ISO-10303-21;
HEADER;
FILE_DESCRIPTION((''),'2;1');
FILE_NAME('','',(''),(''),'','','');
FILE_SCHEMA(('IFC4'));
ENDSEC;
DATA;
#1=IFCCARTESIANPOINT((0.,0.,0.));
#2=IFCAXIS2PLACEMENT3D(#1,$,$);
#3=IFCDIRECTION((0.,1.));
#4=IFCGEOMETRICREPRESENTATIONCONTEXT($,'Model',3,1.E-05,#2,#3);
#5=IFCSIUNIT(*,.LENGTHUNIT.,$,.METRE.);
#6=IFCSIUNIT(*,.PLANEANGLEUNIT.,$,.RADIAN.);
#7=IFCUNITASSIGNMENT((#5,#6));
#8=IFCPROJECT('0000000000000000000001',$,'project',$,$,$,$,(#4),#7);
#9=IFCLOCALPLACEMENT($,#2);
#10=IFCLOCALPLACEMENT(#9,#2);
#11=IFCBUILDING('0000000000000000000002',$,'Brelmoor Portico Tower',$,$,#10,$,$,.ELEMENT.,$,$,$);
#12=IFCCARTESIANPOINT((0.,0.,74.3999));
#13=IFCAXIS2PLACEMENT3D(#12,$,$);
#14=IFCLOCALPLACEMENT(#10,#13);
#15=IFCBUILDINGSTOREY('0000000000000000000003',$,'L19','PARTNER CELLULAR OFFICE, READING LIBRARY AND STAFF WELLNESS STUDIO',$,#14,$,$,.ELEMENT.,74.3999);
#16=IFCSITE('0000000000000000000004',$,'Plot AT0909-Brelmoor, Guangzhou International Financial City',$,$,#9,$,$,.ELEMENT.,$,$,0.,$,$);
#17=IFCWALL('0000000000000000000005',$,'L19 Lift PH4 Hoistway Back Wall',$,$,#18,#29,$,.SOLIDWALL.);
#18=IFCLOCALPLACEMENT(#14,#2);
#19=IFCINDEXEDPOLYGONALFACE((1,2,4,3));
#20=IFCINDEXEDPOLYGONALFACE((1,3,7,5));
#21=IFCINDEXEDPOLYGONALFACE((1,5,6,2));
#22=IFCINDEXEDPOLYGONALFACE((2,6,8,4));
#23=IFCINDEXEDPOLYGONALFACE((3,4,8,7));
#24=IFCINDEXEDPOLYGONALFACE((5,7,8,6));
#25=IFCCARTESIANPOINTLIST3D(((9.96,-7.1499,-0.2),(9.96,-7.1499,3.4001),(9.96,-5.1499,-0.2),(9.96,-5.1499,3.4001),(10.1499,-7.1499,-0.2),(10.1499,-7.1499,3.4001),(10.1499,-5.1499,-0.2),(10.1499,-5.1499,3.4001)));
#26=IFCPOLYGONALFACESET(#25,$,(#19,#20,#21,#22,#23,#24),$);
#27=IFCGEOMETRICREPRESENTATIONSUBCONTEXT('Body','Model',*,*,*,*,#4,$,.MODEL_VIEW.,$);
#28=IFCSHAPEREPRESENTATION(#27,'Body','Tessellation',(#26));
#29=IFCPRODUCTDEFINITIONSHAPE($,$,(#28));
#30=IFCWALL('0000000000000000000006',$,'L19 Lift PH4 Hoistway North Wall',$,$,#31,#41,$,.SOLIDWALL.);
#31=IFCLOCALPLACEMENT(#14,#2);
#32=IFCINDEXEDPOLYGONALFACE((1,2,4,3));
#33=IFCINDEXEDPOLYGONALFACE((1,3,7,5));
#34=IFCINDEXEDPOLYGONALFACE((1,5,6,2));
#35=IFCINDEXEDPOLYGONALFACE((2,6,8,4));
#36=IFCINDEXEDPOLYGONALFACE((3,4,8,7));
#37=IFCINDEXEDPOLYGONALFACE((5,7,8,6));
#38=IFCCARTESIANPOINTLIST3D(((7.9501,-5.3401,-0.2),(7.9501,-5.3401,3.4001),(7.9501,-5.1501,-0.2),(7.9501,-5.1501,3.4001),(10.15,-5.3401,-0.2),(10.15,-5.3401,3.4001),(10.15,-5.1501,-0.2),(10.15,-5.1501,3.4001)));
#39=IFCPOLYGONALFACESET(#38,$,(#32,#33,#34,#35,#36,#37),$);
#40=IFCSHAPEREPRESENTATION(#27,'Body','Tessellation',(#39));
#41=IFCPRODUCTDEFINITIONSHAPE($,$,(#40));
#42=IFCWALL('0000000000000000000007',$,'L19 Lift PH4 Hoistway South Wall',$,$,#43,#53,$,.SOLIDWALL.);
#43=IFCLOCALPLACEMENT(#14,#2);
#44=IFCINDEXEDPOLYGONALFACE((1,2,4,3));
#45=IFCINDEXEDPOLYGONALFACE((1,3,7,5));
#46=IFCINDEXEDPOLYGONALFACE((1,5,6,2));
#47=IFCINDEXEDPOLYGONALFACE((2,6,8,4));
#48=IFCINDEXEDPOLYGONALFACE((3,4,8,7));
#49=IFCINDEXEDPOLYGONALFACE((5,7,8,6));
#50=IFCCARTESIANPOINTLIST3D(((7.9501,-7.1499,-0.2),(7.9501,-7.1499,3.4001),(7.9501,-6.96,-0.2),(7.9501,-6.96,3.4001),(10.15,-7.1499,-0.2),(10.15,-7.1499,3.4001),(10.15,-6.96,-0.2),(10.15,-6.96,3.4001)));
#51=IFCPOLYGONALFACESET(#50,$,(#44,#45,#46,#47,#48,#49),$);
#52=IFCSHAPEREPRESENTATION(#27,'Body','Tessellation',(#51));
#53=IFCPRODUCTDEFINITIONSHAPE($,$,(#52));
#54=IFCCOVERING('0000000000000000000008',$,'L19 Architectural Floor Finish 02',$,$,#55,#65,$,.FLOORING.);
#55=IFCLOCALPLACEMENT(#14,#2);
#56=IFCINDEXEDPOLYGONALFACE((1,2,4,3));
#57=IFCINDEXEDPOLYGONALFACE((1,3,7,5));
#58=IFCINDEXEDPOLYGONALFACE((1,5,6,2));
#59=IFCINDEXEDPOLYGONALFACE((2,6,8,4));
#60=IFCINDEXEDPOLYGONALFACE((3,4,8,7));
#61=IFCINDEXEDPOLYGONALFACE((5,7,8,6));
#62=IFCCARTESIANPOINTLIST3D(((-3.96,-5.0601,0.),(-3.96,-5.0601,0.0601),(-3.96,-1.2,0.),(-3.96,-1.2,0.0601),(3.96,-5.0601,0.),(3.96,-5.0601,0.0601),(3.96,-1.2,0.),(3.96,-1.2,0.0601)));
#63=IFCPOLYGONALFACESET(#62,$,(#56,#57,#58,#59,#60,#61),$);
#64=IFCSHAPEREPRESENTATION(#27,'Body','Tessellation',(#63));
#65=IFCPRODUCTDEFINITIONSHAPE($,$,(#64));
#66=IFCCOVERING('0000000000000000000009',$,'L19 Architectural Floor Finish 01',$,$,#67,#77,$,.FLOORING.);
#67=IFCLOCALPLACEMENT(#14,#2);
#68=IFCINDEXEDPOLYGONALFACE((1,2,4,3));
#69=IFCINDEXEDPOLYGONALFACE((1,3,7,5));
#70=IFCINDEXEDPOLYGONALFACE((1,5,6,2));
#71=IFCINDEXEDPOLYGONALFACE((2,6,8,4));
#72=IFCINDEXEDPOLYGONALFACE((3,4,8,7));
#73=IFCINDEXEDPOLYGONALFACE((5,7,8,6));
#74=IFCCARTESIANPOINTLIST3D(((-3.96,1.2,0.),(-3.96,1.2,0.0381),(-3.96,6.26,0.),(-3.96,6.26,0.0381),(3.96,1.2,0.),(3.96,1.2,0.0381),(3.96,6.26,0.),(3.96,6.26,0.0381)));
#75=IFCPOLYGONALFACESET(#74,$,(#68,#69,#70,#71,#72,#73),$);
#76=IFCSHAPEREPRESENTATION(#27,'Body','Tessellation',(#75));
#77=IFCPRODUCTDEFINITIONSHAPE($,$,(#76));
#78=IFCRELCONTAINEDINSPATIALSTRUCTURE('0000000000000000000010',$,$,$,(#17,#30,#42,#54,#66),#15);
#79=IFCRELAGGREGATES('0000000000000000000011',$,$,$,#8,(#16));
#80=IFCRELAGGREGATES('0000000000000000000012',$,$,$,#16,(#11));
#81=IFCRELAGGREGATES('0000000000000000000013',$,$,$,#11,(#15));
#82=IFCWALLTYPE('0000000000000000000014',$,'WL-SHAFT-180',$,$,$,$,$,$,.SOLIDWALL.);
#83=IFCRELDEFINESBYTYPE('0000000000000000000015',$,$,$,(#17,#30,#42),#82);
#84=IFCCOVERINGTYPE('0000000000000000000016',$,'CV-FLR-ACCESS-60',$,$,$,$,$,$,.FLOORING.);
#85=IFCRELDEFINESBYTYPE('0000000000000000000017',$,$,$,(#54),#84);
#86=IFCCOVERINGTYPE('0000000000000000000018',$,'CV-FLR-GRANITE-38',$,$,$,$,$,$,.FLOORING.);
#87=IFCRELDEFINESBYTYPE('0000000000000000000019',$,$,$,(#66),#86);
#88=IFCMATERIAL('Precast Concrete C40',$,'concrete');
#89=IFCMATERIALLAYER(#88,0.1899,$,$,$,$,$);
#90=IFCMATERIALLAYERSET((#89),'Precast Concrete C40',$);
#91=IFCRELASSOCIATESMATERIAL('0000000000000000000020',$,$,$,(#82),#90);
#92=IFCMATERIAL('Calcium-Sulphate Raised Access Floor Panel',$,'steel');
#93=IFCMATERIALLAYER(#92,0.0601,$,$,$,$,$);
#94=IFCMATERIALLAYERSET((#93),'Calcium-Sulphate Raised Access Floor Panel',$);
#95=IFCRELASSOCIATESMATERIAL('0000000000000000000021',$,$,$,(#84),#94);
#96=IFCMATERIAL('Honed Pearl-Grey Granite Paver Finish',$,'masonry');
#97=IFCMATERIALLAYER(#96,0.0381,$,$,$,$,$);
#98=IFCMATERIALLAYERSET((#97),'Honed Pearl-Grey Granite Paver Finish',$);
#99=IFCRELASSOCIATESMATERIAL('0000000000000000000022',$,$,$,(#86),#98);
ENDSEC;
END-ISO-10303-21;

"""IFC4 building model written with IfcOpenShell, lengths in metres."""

from ifc_helpers import new_model, si_unit, direction, frame, frame_2d, origin, place, context, subcontext, project, spatial, polyline, rectangle, outline, extrude, material, layer, layer_set, type_object, element, save


model = new_model("IFC4")

# Units and contexts
model_context = context("Model", 3, precision=1e-05, world=origin(), true_north=direction((0.0, 1.0)))
body_context = subcontext(model_context, "Body", "Model", "MODEL_VIEW")
ifc_project = project(units=[si_unit("LENGTHUNIT", "METRE"), si_unit("PLANEANGLEUNIT", "RADIAN")], contexts=[model_context])

# Site, building, storey
site_placement = place(None, origin())
site = spatial("IfcSite", under=ifc_project, at=site_placement, Name="Plot AT0909-Brelmoor, Guangzhou International Financial City", CompositionType="ELEMENT", RefElevation=0.0)
building_placement = place(site_placement, origin())
building = spatial("IfcBuilding", under=site, at=building_placement, Name="Brelmoor Portico Tower", CompositionType="ELEMENT")
storey_placement = place(building_placement, frame((0.0, 0.0, 74.3999)))
storey = spatial("IfcBuildingStorey", under=building, at=storey_placement, Name="L19", Description="PARTNER CELLULAR OFFICE, READING LIBRARY AND STAFF WELLNESS STUDIO", CompositionType="ELEMENT", Elevation=74.3999)

# Walls
ifc_material_1 = material(Name="Precast Concrete C40", Category="concrete")
ifc_layer_1 = layer(ifc_material_1, 0.1899)
ifc_layer_set_1 = layer_set([ifc_layer_1], Name="Precast Concrete C40")
wall_type_1 = type_object("IfcWallType", Name="WL-SHAFT-180", PredefinedType="SOLIDWALL", material=ifc_layer_set_1)
for number, where, z_axis, x_axis, name in (
    (1, (10.0549, -7.1499, -0.2), (0.0, 0.0, 1.0), (0.0, 1.0, 0.0), "L19 Lift PH4 Hoistway Back Wall"),
):
    element("IfcWall", number, at=place(storey_placement, frame(where, z_axis=z_axis, x_axis=x_axis)), inside=storey, type_object=wall_type_1, Name=name, PredefinedType="SOLIDWALL", context=body_context, shape_type="SweptSolid", body=[
        extrude(rectangle(XDim=2.0, YDim=0.1899, at=frame_2d((1.0, 0.0))), origin(), (0.0, 0.0, 1.0), 3.6001),
    ])
for number, where, z_axis, x_axis, name in (
    (2, (7.95, -5.2451, -0.2), (0.0, 0.0, 1.0), (1.0, 0.0, 0.0), "L19 Lift PH4 Hoistway North Wall"),
    (3, (7.95, -7.0549, -0.2), (0.0, 0.0, 1.0), (1.0, 0.0, 0.0), "L19 Lift PH4 Hoistway South Wall"),
):
    element("IfcWall", number, at=place(storey_placement, frame(where, z_axis=z_axis, x_axis=x_axis)), inside=storey, type_object=wall_type_1, Name=name, PredefinedType="SOLIDWALL", context=body_context, shape_type="SweptSolid", body=[
        extrude(rectangle(XDim=2.2, YDim=0.1899, at=frame_2d((1.1001, 0.0))), origin(), (0.0, 0.0, 1.0), 3.6001),
    ])

# Coverings
ifc_material_2 = material(Name="Calcium-Sulphate Raised Access Floor Panel", Category="steel")
ifc_layer_2 = layer(ifc_material_2, 0.0601)
ifc_layer_set_2 = layer_set([ifc_layer_2], Name="Calcium-Sulphate Raised Access Floor Panel")
covering_type_1 = type_object("IfcCoveringType", Name="CV-FLR-ACCESS-60", PredefinedType="FLOORING", material=ifc_layer_set_2)
covering_1_placement = place(storey_placement, origin())
element("IfcCovering", 4, at=covering_1_placement, inside=storey, type_object=covering_type_1, Name="L19 Architectural Floor Finish 02", PredefinedType="FLOORING", context=body_context, shape_type="SweptSolid", body=[
    extrude(outline(polyline([(-3.96, -5.0601), (-3.96, -1.2), (3.96, -1.2), (3.96, -5.0601), (-3.96, -5.0601)])), origin(), (0.0, 0.0, 1.0), 0.0601),
])
ifc_material_3 = material(Name="Honed Pearl-Grey Granite Paver Finish", Category="masonry")
ifc_layer_3 = layer(ifc_material_3, 0.0381)
ifc_layer_set_3 = layer_set([ifc_layer_3], Name="Honed Pearl-Grey Granite Paver Finish")
covering_type_2 = type_object("IfcCoveringType", Name="CV-FLR-GRANITE-38", PredefinedType="FLOORING", material=ifc_layer_set_3)
covering_2_placement = place(storey_placement, origin())
element("IfcCovering", 5, at=covering_2_placement, inside=storey, type_object=covering_type_2, Name="L19 Architectural Floor Finish 01", PredefinedType="FLOORING", context=body_context, shape_type="SweptSolid", body=[
    extrude(outline(polyline([(-3.96, 1.2), (-3.96, 6.26), (3.96, 6.26), (3.96, 1.2), (-3.96, 1.2)])), origin(), (0.0, 0.0, 1.0), 0.0381),
])

save(model, "model.ifc")
